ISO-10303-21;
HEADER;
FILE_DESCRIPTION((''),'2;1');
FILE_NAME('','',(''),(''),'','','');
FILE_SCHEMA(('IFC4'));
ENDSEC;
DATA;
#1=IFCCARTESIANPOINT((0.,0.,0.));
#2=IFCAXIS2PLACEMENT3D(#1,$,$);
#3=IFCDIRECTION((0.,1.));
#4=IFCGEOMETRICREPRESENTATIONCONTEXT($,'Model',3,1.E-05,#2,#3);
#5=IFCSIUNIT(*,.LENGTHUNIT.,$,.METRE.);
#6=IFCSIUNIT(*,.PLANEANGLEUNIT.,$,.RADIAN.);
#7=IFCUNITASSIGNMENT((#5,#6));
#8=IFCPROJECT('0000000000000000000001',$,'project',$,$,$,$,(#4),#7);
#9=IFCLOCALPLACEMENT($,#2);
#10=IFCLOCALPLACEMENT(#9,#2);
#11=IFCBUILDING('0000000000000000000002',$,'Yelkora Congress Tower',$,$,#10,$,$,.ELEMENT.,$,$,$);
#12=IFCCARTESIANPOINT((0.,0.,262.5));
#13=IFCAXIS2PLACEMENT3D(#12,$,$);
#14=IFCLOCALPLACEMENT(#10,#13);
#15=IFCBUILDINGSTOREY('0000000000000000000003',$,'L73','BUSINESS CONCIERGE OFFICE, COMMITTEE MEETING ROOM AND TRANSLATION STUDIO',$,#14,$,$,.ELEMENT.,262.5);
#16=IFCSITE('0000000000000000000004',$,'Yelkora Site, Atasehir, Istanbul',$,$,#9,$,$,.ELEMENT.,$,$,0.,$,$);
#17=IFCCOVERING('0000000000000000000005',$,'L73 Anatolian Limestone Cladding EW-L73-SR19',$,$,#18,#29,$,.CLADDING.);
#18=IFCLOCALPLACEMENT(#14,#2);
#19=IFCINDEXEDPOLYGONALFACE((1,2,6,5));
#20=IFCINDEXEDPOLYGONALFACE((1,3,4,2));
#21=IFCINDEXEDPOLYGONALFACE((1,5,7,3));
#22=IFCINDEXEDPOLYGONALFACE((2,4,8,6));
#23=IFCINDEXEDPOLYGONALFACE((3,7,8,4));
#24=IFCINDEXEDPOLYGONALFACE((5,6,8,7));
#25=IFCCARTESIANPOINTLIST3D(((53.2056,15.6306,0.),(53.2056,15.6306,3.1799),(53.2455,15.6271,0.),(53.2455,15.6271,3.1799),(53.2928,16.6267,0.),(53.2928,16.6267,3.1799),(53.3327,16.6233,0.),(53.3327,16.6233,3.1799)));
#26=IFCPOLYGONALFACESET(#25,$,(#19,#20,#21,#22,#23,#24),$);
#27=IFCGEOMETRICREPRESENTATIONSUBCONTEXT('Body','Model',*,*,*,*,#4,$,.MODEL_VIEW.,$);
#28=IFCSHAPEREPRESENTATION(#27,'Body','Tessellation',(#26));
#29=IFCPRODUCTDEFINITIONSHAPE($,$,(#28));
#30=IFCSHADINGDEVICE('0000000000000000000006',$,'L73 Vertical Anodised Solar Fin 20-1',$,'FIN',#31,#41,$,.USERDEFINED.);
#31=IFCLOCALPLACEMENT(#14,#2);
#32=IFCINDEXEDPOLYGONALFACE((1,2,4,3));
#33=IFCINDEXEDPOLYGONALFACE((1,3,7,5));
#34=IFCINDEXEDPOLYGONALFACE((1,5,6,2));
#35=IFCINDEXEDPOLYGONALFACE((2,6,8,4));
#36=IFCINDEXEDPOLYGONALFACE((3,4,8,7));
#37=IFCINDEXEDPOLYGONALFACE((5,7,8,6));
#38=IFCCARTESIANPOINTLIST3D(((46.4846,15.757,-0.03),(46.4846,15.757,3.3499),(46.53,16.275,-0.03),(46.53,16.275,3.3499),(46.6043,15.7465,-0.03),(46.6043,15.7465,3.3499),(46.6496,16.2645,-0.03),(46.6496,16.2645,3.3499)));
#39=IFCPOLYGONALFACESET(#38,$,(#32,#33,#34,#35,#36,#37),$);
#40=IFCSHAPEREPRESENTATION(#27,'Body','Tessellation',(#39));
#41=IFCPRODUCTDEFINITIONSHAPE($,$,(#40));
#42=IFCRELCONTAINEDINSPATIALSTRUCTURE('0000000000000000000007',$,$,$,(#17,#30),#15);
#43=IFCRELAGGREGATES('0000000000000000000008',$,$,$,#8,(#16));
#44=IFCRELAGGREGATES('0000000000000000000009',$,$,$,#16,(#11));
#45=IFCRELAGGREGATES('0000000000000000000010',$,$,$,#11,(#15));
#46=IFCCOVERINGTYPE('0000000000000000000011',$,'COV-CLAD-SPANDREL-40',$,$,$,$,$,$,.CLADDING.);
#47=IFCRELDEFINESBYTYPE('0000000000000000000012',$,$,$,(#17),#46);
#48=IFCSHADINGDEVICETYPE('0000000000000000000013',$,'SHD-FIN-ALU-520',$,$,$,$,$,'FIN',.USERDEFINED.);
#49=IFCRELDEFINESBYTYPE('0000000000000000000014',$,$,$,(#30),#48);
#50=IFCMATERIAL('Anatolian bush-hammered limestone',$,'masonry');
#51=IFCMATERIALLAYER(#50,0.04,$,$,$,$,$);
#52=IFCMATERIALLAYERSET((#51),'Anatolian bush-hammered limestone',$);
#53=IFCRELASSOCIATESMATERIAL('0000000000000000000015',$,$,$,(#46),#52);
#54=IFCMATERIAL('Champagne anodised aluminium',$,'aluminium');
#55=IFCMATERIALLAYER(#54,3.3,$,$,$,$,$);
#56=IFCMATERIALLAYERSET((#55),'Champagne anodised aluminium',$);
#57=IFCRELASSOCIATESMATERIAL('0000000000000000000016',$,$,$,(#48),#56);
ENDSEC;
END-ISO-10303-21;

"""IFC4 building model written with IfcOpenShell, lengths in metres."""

from ifc_helpers import new_model, si_unit, direction, frame, frame_2d, origin, origin_2d, place, context, subcontext, project, spatial, rectangle, extrude, material, layer, layer_set, type_object, element, save


model = new_model("IFC4")

# Units and contexts
model_context = context("Model", 3, precision=1e-05, world=origin(), true_north=direction((0.0, 1.0)))
body_context = subcontext(model_context, "Body", "Model", "MODEL_VIEW")
ifc_project = project(units=[si_unit("LENGTHUNIT", "METRE"), si_unit("PLANEANGLEUNIT", "RADIAN")], contexts=[model_context])

# Site, building, storey
site_placement = place(None, origin())
site = spatial("IfcSite", under=ifc_project, at=site_placement, Name="Yelkora Site, Atasehir, Istanbul", CompositionType="ELEMENT", RefElevation=0.0)
building_placement = place(site_placement, origin())
building = spatial("IfcBuilding", under=site, at=building_placement, Name="Yelkora Congress Tower", CompositionType="ELEMENT")
storey_placement = place(building_placement, frame((0.0, 0.0, 262.5)))
storey = spatial("IfcBuildingStorey", under=building, at=storey_placement, Name="L73", Description="BUSINESS CONCIERGE OFFICE, COMMITTEE MEETING ROOM AND TRANSLATION STUDIO", CompositionType="ELEMENT", Elevation=262.5)

# Covering
ifc_material_1 = material(Name="Anatolian bush-hammered limestone", Category="masonry")
ifc_layer_1 = layer(ifc_material_1, 0.04)
ifc_layer_set_1 = layer_set([ifc_layer_1], Name="Anatolian bush-hammered limestone")
covering_type = type_object("IfcCoveringType", Name="COV-CLAD-SPANDREL-40", PredefinedType="CLADDING", material=ifc_layer_set_1)
covering_1_placement = place(storey_placement, frame((53.3127, 16.625, 0.0), z_axis=(0.0, 0.0, 1.0), x_axis=(-0.087167, -0.996194, 0.0)))
element("IfcCovering", 1, at=covering_1_placement, inside=storey, type_object=covering_type, Name="L73 Anatolian Limestone Cladding EW-L73-SR19", PredefinedType="CLADDING", context=body_context, shape_type="SweptSolid", body=[
    extrude(rectangle(XDim=1.0, YDim=0.04, at=frame_2d((0.5, 0.0))), origin(), (0.0, 0.0, 1.0), 3.1799),
])

# Shading device
ifc_material_2 = material(Name="Champagne anodised aluminium", Category="aluminium")
ifc_layer_2 = layer(ifc_material_2, 3.3)
ifc_layer_set_2 = layer_set([ifc_layer_2], Name="Champagne anodised aluminium")
shading_device_type = type_object("IfcShadingDeviceType", Name="SHD-FIN-ALU-520", ElementType="FIN", PredefinedType="USERDEFINED", material=ifc_layer_set_2)
shading_device_placement = place(storey_placement, frame((46.5671, 16.0107, -0.03), z_axis=(0.0, 0.0, 1.0), x_axis=(-0.996195, 0.087156, 0.0)))
element("IfcShadingDevice", 2, at=shading_device_placement, inside=storey, type_object=shading_device_type, Name="L73 Vertical Anodised Solar Fin 20-1", ObjectType="FIN", PredefinedType="USERDEFINED", context=body_context, shape_type="SweptSolid", body=[
    extrude(rectangle(XDim=0.1201, YDim=0.52, at=origin_2d()), origin(), (0.0, 0.0, 1.0), 3.3799),
])

save(model, "model.ifc")
